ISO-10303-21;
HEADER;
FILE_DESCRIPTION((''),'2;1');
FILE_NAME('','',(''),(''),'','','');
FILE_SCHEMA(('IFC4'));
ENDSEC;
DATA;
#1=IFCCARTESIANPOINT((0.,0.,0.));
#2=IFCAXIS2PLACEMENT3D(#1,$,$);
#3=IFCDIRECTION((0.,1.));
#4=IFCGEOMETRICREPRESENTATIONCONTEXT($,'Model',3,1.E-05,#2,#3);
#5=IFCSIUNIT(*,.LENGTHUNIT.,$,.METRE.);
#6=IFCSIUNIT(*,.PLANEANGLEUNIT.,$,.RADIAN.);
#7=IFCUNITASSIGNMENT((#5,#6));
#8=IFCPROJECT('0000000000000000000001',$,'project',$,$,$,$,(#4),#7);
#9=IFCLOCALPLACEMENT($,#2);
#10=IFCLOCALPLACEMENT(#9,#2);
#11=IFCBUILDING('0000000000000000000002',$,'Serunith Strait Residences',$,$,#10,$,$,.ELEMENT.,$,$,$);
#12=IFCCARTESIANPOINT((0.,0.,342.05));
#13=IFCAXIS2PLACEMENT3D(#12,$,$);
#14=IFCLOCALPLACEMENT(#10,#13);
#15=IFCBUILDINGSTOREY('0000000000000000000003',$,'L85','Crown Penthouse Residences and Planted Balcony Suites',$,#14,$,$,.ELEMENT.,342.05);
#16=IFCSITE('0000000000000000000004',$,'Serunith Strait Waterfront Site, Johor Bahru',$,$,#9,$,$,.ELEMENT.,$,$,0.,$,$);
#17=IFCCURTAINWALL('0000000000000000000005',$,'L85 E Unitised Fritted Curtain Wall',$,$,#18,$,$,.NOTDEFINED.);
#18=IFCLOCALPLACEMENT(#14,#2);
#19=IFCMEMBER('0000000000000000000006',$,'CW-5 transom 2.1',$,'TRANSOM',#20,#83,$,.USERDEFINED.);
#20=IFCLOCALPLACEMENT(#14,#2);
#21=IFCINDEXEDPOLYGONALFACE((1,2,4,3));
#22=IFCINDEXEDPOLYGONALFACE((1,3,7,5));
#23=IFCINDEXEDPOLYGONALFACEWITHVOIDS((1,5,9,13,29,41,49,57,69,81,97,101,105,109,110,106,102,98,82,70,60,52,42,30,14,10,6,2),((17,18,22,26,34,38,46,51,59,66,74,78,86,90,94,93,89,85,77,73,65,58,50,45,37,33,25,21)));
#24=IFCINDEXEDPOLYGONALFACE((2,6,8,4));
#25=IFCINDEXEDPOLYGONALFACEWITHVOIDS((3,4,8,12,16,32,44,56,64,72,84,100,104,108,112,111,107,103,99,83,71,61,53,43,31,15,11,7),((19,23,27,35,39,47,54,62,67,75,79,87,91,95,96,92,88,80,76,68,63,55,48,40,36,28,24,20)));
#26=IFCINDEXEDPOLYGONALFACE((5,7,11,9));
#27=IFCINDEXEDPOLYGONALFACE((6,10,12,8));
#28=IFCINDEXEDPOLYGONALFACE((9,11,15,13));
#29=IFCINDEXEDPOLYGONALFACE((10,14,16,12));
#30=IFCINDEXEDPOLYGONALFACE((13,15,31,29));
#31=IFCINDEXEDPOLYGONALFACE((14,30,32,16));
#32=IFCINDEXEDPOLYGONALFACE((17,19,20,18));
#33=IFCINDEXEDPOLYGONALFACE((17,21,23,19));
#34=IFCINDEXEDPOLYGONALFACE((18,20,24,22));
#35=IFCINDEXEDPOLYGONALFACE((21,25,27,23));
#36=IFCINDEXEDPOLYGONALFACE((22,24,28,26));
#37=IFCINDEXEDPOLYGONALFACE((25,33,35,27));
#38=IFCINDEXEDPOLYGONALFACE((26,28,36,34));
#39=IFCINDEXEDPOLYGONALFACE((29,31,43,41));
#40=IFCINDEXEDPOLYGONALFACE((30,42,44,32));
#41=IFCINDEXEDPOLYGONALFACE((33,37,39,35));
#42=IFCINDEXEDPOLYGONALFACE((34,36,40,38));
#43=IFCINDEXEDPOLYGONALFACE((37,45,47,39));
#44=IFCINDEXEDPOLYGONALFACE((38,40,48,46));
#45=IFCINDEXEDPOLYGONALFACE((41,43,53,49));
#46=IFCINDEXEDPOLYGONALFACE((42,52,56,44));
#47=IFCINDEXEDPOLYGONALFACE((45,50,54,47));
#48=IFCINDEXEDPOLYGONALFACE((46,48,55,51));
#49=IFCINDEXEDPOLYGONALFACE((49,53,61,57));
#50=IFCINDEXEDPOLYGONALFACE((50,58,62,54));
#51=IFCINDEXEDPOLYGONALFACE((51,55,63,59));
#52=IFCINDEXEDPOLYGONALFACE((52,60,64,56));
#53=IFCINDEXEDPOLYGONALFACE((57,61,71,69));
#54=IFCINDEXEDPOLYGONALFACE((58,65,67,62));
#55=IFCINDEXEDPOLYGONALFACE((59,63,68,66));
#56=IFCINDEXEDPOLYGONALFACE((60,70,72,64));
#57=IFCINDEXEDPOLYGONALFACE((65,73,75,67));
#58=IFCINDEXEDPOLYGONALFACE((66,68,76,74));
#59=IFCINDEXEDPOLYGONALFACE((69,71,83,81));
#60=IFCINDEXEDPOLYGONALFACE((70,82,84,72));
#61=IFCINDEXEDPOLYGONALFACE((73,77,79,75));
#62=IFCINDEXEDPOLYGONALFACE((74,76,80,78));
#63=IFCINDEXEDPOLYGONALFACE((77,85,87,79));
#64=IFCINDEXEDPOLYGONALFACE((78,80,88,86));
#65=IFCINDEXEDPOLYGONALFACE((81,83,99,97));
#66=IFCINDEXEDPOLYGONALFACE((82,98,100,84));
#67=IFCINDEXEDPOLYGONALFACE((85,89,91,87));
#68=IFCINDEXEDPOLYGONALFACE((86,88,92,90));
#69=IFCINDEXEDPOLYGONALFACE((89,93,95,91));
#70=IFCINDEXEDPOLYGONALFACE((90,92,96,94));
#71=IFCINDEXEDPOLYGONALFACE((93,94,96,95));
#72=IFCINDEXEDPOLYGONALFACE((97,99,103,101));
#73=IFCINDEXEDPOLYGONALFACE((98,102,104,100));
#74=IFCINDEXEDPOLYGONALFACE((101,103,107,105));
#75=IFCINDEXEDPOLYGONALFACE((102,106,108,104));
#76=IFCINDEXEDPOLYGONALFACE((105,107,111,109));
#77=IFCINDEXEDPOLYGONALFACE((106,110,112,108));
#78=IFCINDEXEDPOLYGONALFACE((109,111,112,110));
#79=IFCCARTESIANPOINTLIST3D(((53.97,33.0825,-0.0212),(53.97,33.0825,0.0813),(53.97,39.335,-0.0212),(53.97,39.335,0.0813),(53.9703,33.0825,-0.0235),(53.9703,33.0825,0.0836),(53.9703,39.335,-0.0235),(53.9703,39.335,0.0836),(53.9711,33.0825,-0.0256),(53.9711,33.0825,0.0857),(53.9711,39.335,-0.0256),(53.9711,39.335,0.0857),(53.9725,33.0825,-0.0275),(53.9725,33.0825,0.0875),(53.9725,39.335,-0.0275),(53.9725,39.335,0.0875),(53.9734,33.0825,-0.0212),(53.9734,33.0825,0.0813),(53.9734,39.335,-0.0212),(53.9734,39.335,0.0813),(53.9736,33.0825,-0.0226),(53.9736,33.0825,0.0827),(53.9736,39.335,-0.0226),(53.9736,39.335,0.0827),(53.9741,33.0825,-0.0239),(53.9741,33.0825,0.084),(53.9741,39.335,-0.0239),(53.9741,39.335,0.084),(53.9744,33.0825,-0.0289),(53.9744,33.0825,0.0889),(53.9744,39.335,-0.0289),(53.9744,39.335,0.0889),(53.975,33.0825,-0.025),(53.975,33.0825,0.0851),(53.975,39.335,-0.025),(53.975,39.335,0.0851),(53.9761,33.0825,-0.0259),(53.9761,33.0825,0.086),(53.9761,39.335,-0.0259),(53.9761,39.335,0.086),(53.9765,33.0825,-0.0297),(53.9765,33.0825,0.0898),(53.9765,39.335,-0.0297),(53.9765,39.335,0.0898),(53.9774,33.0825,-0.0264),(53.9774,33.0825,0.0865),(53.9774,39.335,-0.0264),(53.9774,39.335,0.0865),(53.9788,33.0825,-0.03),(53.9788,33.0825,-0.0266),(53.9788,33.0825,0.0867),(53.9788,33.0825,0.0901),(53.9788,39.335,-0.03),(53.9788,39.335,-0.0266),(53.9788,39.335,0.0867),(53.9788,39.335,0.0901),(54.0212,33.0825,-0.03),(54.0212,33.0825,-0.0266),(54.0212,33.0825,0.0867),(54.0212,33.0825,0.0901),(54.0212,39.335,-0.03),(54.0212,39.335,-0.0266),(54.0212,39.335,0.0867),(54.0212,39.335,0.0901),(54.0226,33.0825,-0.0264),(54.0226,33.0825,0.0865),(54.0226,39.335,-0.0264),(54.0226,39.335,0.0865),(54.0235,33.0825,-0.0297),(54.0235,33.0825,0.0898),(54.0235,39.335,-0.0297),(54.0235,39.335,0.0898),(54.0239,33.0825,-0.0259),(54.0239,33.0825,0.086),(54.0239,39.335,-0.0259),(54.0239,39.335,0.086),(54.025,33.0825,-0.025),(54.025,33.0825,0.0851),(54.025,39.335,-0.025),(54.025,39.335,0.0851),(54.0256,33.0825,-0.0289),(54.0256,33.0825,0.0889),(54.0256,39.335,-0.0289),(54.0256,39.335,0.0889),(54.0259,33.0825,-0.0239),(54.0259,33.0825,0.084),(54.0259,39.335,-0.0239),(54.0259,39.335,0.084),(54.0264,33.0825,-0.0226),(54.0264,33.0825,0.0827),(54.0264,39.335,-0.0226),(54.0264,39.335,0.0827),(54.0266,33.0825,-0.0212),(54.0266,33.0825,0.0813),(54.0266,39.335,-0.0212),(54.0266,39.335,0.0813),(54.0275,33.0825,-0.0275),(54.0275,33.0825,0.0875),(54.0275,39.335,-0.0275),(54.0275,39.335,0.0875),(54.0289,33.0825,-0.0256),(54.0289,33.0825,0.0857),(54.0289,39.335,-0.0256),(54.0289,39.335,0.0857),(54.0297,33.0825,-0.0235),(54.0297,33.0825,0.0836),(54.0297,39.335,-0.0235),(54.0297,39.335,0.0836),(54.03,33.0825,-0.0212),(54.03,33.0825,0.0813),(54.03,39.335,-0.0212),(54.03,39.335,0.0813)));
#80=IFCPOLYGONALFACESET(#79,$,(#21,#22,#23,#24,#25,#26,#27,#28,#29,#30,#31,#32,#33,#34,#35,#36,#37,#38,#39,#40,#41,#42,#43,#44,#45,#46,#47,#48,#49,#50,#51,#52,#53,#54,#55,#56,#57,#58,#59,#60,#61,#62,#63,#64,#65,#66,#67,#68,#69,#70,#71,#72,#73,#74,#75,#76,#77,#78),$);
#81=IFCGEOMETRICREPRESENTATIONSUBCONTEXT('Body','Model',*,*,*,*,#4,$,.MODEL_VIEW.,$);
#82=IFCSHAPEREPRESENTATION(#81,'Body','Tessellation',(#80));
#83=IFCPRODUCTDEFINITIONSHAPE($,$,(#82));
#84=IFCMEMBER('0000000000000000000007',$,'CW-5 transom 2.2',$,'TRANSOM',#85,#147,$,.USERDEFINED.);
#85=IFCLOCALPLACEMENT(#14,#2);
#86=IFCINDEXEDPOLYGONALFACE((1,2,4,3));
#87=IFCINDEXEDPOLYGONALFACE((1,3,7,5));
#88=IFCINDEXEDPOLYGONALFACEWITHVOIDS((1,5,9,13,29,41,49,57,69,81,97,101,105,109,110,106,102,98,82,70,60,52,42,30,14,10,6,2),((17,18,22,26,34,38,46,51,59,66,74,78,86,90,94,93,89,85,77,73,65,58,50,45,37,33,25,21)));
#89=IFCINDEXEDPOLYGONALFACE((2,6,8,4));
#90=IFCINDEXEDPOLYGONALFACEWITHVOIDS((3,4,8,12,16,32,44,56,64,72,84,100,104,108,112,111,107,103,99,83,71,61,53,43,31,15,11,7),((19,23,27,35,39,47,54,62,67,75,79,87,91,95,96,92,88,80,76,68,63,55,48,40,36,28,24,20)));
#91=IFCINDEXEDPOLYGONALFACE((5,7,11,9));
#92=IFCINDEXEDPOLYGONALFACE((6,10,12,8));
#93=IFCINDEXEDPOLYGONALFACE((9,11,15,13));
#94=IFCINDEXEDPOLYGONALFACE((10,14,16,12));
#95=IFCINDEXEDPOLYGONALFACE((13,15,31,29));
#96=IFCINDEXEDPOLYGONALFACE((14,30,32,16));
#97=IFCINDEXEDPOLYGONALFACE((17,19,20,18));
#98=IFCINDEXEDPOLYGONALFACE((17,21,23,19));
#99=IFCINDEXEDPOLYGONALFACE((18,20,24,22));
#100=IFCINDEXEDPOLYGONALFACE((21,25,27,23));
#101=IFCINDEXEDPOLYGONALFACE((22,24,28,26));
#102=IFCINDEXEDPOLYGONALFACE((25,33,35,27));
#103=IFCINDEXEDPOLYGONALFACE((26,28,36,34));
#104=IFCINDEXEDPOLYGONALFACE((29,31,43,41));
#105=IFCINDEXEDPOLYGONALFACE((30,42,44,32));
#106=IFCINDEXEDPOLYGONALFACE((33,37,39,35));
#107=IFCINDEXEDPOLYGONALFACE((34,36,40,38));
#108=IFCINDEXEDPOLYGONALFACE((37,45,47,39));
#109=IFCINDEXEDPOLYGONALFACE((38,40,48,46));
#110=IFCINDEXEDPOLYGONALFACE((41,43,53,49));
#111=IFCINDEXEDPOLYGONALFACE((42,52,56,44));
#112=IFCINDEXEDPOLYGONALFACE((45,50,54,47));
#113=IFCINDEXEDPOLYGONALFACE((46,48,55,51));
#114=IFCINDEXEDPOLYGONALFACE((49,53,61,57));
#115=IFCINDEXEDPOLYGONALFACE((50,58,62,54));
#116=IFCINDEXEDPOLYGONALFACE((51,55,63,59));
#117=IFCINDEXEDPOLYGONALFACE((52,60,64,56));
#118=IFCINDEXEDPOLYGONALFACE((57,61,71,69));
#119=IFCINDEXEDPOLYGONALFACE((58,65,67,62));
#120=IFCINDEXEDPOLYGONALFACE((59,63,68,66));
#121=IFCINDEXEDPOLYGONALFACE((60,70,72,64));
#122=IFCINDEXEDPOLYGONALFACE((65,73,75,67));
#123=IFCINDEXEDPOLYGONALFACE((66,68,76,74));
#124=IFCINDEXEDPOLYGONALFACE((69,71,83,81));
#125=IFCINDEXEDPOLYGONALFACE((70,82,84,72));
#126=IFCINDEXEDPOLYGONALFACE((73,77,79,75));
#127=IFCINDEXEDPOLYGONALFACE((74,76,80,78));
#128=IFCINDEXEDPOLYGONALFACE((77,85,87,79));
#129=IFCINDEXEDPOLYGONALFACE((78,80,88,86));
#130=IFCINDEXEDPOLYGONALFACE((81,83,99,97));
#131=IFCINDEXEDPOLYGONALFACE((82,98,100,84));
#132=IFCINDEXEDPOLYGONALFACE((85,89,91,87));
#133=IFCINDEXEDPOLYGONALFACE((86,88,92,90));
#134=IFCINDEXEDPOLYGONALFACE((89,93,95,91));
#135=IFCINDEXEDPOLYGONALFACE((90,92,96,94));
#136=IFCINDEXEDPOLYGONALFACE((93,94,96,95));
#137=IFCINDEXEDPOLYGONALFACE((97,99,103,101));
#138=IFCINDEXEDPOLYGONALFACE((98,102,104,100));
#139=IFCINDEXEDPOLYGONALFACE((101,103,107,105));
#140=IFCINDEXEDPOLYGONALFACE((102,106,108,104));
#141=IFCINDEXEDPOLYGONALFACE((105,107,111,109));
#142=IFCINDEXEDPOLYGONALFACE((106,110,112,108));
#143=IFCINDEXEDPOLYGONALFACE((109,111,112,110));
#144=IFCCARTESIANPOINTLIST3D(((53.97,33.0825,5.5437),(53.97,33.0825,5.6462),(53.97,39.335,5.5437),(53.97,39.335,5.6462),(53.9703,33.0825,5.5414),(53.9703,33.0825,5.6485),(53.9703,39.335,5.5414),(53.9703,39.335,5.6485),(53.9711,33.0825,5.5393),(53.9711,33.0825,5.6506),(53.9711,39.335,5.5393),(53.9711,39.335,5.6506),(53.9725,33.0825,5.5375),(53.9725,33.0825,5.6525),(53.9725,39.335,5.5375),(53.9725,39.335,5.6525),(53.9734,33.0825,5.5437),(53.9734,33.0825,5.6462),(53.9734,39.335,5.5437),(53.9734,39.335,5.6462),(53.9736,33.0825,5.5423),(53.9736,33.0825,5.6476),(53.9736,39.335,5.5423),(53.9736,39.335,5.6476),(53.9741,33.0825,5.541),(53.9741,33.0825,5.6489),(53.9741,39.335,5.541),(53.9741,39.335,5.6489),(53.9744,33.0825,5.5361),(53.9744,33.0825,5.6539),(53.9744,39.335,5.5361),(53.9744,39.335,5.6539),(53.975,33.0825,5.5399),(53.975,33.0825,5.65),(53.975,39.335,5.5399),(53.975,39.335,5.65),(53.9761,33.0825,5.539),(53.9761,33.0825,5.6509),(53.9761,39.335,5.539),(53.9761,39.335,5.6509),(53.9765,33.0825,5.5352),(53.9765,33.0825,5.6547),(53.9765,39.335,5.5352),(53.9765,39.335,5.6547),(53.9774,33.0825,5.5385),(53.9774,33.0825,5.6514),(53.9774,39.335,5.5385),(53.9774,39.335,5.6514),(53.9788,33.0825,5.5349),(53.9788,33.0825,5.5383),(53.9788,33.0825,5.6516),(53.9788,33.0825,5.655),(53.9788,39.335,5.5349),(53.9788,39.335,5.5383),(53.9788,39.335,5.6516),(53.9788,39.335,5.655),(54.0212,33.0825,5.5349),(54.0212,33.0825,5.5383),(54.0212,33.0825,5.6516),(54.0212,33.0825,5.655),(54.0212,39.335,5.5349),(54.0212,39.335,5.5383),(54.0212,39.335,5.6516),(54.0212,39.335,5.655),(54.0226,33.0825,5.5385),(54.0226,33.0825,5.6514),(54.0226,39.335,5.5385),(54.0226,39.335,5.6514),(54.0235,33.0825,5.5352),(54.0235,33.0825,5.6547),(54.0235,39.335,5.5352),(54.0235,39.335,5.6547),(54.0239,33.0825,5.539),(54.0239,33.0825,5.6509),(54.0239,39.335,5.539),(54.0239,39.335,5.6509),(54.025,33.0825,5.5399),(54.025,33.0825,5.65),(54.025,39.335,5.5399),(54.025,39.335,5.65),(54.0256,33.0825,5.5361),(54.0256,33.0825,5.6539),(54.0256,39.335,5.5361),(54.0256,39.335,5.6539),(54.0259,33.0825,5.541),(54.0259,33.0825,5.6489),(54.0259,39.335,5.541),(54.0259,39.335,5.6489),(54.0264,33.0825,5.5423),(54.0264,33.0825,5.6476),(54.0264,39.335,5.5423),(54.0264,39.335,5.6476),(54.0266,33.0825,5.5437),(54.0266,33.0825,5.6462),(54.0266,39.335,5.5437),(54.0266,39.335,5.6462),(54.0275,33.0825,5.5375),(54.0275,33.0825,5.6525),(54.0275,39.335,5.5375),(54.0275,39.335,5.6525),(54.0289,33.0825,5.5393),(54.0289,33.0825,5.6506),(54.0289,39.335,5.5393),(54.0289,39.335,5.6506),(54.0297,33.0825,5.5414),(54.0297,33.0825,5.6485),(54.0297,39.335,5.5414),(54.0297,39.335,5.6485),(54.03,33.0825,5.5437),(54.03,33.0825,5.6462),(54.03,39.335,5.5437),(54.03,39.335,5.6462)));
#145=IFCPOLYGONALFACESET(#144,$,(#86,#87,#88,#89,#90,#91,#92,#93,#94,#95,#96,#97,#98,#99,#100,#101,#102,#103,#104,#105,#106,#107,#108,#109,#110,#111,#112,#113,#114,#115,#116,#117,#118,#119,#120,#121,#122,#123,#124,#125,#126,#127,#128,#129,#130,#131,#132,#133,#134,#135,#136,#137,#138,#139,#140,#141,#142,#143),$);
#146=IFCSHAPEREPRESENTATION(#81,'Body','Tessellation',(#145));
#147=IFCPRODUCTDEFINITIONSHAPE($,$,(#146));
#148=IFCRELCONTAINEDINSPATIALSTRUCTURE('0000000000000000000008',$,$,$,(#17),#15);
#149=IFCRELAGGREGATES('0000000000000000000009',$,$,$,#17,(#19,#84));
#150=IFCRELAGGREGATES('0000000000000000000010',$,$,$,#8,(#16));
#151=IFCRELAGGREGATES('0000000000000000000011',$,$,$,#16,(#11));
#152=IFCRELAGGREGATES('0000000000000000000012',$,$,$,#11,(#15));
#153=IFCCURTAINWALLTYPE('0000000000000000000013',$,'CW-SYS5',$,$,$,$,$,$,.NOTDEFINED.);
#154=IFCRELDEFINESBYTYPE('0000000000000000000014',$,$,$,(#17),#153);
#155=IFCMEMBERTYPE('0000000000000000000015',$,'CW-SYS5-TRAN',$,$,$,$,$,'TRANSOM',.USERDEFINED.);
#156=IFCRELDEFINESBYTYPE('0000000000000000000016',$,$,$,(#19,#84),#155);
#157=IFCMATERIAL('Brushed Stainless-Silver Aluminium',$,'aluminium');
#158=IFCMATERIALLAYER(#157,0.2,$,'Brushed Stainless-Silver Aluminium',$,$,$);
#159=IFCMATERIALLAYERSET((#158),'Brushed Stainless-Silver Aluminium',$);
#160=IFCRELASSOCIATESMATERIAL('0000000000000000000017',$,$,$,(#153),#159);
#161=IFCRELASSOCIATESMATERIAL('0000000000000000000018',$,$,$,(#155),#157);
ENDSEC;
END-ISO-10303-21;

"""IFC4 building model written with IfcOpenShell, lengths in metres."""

from ifc_helpers import new_model, si_unit, direction, frame, origin, origin_2d, place, context, subcontext, project, spatial, hollow_rectangle, extrude, source, transform, mapped, material, layer, layer_set, material_profile, profile_set, type_object, element, aggregate, save


model = new_model("IFC4")

# Units and contexts
model_context = context("Model", 3, precision=1e-05, world=origin(), true_north=direction((0.0, 1.0)))
body_context = subcontext(model_context, "Body", "Model", "MODEL_VIEW")
ifc_project = project(units=[si_unit("LENGTHUNIT", "METRE"), si_unit("PLANEANGLEUNIT", "RADIAN")], contexts=[model_context])

# Site, building, storey
site_placement = place(None, origin())
site = spatial("IfcSite", under=ifc_project, at=site_placement, Name="Serunith Strait Waterfront Site, Johor Bahru", CompositionType="ELEMENT", RefElevation=0.0)
building_placement = place(site_placement, origin())
building = spatial("IfcBuilding", under=site, at=building_placement, Name="Serunith Strait Residences", CompositionType="ELEMENT")
storey_placement = place(building_placement, frame((0.0, 0.0, 342.05)))
storey = spatial("IfcBuildingStorey", under=building, at=storey_placement, Name="L85", Description="Crown Penthouse Residences and Planted Balcony Suites", CompositionType="ELEMENT", Elevation=342.05)

# Curtain wall, members
ifc_material_1 = material(Name="Brushed Stainless-Silver Aluminium", Category="aluminium")
ifc_layer_1 = layer(ifc_material_1, 0.2, Name="Brushed Stainless-Silver Aluminium")
ifc_layer_set_1 = layer_set([ifc_layer_1], Name="Brushed Stainless-Silver Aluminium")
curtain_wall_type = type_object("IfcCurtainWallType", Name="CW-SYS5", PredefinedType="NOTDEFINED", material=ifc_layer_set_1)
curtain_wall_placement = place(storey_placement, origin())
curtain_wall = element("IfcCurtainWall", 1, at=curtain_wall_placement, inside=storey, type_object=curtain_wall_type, Name="L85 E Unitised Fritted Curtain Wall", PredefinedType="NOTDEFINED")
ifc_material_profile_1 = material_profile(ifc_material_1, hollow_rectangle(XDim=0.0601, YDim=0.1201, WallThickness=0.0034, InnerFilletRadius=0.0054, OuterFilletRadius=0.0088, at=origin_2d()), Name="ALU 120x60x3.5")
ifc_profile_set_1 = profile_set([ifc_material_profile_1], Name="Brushed Stainless-Silver Aluminium")
member_type_1 = type_object("IfcMemberType", Name="CW-SYS5-TRAN", ElementType="TRANSOM", PredefinedType="USERDEFINED", material=ifc_profile_set_1)
shared_shape_1 = source(origin(), body_context, "Body", "SweptSolid", [
    extrude(hollow_rectangle(XDim=0.0601, YDim=0.1201, WallThickness=0.0034, InnerFilletRadius=0.0054, OuterFilletRadius=0.0088, at=origin_2d()), origin(), (0.0, 0.0, 1.0), 6.2524),
])
member_1_placement = place(storey_placement, frame((54.0, 33.0825, 0.03), z_axis=(0.0, 1.0, 0.0), x_axis=(-1.0, 0.0, 0.0)))
member_1 = element("IfcMember", 2, at=member_1_placement, type_object=member_type_1, Name="CW-5 transom 2.1", ObjectType="TRANSOM", PredefinedType="USERDEFINED", context=body_context, shape_type="MappedRepresentation", body=[
    mapped(shared_shape_1, transform((0.0, 0.0, 0.0), scale=1.0)),
])
member_2_placement = place(storey_placement, frame((54.0, 33.0825, 5.595), z_axis=(0.0, 1.0, 0.0), x_axis=(-1.0, 0.0, 0.0)))
member_2 = element("IfcMember", 3, at=member_2_placement, type_object=member_type_1, Name="CW-5 transom 2.2", ObjectType="TRANSOM", PredefinedType="USERDEFINED", context=body_context, shape_type="MappedRepresentation", body=[
    mapped(shared_shape_1, transform((0.0, 0.0, 0.0), scale=1.0)),
])
aggregate(curtain_wall, [member_1, member_2])

save(model, "model.ifc")
